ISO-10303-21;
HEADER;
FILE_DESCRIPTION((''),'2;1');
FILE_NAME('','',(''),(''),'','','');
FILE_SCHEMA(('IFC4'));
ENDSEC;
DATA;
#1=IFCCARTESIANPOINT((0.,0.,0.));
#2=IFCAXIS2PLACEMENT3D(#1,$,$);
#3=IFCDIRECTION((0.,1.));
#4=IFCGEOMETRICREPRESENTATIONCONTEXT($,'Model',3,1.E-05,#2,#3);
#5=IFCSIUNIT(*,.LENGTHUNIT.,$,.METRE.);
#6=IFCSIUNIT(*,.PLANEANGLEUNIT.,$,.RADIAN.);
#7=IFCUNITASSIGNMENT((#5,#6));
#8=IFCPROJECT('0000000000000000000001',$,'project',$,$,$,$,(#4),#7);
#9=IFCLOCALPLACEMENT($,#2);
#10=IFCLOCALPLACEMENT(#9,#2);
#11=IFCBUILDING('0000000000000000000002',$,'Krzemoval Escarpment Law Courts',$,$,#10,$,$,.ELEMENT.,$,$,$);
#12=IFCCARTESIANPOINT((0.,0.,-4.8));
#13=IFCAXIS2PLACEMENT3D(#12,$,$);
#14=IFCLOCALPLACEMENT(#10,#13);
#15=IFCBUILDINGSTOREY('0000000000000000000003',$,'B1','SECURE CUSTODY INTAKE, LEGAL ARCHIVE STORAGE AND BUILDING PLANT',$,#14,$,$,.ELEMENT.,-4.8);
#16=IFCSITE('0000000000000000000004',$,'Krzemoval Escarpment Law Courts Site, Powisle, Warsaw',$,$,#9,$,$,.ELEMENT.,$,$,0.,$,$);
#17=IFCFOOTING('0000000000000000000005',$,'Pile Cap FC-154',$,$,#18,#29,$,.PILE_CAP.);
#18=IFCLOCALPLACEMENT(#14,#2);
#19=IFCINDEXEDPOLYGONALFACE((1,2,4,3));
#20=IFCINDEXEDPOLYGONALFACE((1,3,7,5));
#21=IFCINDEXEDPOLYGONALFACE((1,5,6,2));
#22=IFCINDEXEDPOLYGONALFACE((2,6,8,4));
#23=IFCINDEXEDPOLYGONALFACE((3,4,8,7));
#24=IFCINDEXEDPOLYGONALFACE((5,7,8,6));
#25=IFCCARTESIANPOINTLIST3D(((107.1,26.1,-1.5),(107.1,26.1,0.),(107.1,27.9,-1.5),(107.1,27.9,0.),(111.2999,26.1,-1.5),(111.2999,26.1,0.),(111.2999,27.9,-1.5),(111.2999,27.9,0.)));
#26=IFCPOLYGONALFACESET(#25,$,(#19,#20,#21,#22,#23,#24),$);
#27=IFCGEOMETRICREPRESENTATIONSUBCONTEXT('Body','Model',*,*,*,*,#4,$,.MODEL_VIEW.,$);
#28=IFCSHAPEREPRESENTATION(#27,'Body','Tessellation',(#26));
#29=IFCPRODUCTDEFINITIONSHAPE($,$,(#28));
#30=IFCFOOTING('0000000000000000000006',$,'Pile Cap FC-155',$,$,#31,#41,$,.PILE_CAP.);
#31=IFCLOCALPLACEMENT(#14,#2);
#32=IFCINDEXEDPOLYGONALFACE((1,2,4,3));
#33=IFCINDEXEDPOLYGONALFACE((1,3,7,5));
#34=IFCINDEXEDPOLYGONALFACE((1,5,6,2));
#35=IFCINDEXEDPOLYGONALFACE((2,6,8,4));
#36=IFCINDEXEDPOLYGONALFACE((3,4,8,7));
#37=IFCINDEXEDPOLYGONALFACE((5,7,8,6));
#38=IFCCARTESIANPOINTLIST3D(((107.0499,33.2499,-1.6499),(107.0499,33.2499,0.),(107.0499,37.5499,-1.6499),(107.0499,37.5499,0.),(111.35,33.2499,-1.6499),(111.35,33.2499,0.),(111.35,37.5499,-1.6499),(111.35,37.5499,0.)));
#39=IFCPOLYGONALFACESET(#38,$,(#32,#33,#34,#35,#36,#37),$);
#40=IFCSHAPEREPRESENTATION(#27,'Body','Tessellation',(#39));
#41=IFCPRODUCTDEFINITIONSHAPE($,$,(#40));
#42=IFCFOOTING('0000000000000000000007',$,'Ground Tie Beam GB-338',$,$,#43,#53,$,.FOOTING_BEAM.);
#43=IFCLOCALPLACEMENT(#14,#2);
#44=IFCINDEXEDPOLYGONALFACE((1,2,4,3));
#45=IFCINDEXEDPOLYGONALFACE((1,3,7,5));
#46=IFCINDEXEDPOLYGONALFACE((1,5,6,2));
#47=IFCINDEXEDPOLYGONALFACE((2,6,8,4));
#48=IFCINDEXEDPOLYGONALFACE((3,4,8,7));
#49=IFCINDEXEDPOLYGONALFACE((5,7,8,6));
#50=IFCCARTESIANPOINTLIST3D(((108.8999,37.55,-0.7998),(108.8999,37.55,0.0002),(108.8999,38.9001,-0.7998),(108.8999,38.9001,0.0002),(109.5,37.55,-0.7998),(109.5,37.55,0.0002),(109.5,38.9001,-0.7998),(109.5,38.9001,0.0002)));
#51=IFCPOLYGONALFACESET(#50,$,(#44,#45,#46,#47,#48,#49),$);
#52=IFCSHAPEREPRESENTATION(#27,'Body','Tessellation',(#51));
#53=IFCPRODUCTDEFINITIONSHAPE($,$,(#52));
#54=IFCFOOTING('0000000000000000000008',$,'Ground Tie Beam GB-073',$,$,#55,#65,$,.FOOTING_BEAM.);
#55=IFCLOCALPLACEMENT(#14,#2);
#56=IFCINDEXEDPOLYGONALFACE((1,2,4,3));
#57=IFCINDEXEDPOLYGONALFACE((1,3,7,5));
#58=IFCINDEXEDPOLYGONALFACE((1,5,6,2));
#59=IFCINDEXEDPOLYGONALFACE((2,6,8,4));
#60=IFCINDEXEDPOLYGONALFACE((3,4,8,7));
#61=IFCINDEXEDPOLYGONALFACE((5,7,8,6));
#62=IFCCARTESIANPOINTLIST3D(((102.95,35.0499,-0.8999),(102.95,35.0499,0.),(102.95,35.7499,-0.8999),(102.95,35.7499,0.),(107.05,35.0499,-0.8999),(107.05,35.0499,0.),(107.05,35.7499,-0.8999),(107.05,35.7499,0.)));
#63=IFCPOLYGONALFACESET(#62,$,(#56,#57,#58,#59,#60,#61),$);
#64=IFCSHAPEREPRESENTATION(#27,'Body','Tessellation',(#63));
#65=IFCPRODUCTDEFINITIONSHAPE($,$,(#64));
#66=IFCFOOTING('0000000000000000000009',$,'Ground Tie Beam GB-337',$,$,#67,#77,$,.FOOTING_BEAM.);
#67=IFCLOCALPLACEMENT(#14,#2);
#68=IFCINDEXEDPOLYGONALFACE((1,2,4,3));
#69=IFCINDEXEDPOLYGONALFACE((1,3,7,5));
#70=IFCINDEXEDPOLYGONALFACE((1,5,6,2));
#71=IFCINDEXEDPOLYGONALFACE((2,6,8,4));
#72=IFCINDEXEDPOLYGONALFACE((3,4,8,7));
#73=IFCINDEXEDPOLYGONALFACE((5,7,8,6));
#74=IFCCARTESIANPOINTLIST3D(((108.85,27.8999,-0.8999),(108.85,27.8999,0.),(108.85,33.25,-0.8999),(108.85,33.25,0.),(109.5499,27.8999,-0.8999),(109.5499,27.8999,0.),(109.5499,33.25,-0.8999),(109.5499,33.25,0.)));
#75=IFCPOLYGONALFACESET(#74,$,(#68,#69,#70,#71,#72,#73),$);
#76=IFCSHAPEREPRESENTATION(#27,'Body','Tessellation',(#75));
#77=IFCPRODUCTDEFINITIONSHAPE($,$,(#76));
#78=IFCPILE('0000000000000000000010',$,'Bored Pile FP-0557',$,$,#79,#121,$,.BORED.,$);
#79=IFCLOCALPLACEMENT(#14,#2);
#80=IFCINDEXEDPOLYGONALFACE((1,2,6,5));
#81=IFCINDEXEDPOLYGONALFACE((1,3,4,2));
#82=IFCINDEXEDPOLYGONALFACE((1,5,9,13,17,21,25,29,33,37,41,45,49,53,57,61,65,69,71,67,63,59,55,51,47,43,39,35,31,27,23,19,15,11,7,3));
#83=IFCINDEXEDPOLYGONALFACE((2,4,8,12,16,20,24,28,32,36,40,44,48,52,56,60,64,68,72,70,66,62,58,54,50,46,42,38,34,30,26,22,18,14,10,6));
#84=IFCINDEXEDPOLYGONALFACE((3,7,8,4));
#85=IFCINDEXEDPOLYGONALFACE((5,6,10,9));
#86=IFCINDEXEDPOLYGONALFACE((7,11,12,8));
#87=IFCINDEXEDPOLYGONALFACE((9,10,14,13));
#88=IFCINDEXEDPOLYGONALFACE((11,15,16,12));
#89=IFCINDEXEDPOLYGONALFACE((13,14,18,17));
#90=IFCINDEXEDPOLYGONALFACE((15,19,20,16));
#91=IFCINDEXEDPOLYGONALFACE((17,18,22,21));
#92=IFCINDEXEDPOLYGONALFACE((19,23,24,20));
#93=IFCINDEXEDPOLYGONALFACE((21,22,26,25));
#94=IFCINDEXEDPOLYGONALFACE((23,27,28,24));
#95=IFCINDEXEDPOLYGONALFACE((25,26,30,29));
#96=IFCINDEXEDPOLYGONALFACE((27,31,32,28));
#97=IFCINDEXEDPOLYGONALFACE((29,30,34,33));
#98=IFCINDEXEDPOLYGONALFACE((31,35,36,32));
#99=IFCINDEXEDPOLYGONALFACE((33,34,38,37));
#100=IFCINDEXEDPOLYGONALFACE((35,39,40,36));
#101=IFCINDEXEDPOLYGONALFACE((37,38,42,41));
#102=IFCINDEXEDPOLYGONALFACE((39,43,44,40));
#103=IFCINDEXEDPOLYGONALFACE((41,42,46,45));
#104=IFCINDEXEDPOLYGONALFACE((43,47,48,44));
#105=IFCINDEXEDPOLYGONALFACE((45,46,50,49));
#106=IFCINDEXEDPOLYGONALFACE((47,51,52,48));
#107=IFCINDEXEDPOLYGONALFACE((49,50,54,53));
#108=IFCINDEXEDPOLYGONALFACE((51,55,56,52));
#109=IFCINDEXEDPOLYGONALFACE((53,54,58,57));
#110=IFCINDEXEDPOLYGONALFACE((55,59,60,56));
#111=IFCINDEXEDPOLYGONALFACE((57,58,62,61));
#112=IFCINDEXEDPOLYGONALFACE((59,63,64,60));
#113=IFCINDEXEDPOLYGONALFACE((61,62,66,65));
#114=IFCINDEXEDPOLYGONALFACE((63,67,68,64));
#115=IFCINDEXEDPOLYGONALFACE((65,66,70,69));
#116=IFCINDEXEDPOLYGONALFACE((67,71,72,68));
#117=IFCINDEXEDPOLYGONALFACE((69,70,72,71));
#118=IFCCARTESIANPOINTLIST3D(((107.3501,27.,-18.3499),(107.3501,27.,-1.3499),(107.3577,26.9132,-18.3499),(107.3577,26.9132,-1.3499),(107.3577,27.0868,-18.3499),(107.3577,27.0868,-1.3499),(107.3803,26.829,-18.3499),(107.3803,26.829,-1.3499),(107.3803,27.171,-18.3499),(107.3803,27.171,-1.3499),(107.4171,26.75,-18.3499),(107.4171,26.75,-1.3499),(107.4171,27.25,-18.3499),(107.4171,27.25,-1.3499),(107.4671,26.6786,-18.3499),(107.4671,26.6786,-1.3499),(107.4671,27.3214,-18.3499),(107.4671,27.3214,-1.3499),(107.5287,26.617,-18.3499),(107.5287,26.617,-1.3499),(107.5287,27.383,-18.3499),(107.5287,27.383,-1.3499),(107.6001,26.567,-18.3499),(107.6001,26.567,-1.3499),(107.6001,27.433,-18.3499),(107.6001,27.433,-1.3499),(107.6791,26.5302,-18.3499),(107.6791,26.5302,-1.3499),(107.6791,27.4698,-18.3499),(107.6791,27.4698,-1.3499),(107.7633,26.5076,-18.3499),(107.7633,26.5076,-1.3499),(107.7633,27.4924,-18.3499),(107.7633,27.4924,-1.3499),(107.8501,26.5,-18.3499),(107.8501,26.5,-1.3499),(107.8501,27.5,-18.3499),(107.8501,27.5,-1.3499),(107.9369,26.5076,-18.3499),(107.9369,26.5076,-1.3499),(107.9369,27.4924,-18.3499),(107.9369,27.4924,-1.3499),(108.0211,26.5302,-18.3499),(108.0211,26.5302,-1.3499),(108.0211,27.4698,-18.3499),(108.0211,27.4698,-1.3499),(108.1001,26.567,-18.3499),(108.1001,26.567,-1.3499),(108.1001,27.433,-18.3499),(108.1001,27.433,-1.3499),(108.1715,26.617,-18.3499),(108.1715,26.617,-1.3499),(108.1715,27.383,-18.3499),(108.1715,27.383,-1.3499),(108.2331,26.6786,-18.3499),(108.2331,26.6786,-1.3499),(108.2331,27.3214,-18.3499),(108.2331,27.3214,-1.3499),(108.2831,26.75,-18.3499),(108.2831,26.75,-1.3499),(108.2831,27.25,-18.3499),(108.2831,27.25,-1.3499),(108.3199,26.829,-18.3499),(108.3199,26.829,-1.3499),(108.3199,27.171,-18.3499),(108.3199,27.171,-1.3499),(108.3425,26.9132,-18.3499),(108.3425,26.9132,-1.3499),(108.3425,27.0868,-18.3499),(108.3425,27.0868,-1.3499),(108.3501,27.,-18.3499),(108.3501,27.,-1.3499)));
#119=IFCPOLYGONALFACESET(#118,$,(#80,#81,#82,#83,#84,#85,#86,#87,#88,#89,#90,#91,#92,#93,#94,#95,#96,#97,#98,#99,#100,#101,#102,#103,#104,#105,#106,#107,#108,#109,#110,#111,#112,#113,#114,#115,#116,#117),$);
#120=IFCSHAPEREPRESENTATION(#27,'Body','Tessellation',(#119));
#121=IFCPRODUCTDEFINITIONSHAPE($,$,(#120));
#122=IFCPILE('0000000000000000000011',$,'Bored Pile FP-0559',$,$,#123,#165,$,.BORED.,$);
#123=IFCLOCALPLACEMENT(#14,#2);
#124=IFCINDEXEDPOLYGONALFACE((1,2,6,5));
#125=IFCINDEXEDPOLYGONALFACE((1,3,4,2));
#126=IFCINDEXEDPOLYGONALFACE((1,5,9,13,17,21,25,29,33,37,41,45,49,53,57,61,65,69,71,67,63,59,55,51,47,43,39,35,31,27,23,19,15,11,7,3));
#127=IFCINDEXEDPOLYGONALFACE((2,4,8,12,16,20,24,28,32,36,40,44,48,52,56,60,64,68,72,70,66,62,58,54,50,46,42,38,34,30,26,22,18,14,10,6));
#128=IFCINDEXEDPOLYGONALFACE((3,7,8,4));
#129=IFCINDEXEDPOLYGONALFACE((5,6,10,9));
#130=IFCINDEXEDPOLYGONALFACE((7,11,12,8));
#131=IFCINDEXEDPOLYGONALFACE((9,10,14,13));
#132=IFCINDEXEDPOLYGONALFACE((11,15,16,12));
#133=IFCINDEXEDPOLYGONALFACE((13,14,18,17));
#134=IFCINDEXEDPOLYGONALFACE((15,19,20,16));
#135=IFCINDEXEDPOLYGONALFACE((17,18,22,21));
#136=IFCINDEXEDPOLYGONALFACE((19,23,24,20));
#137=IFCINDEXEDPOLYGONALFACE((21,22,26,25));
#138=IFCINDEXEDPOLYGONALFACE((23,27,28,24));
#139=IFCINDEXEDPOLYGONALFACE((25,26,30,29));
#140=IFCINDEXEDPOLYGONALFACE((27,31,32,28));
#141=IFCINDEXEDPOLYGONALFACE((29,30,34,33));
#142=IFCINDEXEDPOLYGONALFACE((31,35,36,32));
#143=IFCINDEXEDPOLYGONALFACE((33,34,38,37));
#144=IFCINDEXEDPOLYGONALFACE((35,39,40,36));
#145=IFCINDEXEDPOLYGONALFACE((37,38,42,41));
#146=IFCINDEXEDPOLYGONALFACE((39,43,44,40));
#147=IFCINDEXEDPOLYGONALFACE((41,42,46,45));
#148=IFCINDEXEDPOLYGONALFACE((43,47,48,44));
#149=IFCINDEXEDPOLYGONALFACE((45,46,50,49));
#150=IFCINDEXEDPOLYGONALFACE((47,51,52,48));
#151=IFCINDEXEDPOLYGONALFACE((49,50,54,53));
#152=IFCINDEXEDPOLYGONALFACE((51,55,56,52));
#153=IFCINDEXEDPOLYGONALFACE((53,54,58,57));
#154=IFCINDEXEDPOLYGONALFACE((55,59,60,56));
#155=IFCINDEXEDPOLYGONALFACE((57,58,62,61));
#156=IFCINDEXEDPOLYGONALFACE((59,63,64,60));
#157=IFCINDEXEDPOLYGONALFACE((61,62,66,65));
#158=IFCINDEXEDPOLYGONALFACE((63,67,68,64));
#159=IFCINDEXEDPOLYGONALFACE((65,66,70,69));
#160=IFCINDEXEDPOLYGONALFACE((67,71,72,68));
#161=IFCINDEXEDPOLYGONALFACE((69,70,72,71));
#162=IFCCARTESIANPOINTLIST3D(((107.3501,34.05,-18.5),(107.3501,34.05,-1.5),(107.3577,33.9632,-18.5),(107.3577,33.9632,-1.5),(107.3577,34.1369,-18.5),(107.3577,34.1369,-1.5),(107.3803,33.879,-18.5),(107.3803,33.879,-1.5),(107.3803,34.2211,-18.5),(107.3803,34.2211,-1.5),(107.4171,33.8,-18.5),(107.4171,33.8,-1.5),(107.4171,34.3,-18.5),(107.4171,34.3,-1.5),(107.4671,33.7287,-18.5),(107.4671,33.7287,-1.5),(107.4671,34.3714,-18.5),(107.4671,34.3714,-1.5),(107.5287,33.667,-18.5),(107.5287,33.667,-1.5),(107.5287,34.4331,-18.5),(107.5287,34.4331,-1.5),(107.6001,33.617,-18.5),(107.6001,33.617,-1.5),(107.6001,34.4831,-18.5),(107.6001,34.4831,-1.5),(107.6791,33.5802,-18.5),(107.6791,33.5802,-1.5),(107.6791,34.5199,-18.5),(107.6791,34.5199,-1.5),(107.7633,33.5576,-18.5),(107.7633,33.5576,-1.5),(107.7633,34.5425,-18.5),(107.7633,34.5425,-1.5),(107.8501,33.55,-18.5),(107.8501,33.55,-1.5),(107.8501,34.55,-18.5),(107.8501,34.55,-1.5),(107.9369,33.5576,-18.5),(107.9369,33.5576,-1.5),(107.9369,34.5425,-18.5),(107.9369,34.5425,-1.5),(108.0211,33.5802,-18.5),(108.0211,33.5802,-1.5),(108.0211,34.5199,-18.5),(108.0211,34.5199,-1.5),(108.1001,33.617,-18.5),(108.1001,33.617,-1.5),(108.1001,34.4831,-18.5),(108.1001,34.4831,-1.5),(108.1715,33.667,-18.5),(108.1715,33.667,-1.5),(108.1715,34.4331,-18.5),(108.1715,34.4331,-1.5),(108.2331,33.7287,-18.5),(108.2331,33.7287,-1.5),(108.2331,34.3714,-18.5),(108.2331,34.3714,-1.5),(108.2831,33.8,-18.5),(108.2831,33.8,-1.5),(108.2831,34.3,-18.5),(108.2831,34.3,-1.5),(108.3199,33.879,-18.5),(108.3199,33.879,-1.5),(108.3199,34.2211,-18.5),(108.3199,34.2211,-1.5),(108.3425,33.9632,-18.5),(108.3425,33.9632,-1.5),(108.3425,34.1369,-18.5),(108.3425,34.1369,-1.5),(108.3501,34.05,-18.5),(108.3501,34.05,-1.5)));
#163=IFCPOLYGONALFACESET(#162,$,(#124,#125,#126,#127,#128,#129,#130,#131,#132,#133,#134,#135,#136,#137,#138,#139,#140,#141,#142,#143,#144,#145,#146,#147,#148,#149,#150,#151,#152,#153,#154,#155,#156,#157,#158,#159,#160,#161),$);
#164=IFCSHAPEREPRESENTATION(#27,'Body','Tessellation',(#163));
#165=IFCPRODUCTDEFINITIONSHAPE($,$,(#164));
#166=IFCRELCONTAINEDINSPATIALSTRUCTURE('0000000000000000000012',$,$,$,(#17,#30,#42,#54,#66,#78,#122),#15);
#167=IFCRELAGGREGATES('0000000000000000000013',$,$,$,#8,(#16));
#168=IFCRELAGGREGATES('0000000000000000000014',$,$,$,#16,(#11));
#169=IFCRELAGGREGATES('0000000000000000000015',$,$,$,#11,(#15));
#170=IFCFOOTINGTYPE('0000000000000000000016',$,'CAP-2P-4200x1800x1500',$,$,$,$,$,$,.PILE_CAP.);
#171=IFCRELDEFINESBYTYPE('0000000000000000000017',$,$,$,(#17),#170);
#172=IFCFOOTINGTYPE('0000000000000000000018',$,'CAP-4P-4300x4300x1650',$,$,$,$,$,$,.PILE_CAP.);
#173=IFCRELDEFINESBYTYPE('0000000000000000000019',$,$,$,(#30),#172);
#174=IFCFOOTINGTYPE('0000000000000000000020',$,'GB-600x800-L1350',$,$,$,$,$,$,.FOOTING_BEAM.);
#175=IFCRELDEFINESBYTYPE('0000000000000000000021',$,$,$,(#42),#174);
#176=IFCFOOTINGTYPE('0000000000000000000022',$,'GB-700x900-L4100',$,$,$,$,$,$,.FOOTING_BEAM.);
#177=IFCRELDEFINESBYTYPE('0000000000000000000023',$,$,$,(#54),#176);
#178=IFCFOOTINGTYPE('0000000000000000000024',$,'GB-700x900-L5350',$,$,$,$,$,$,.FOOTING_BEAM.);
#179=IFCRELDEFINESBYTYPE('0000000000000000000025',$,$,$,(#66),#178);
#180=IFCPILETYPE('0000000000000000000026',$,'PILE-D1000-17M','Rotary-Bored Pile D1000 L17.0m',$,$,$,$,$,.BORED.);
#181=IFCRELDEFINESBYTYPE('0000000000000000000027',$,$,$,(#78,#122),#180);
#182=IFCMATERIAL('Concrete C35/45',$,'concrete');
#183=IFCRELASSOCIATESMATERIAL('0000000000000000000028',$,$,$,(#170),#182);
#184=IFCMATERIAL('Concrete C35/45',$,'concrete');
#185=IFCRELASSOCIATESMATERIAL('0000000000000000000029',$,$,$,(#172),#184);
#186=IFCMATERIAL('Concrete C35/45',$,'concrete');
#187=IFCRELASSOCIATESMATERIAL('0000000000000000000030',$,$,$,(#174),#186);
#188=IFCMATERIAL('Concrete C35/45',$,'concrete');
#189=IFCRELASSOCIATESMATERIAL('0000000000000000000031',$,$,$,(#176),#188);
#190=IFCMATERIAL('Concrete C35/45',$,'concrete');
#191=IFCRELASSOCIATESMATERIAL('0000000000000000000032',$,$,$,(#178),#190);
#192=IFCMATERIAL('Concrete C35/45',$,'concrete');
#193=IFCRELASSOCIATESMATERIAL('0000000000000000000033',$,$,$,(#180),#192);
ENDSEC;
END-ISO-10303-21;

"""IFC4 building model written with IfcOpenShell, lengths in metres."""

from ifc_helpers import new_model, si_unit, direction, frame, origin, origin_2d, place, context, subcontext, project, spatial, rectangle, circle, extrude, material, material_profile, profile_set, type_object, element, save


model = new_model("IFC4")

# Units and contexts
model_context = context("Model", 3, precision=1e-05, world=origin(), true_north=direction((0.0, 1.0)))
body_context = subcontext(model_context, "Body", "Model", "MODEL_VIEW")
ifc_project = project(units=[si_unit("LENGTHUNIT", "METRE"), si_unit("PLANEANGLEUNIT", "RADIAN")], contexts=[model_context])

# Site, building, storey
site_placement = place(None, origin())
site = spatial("IfcSite", under=ifc_project, at=site_placement, Name="Krzemoval Escarpment Law Courts Site, Powisle, Warsaw", CompositionType="ELEMENT", RefElevation=0.0)
building_placement = place(site_placement, origin())
building = spatial("IfcBuilding", under=site, at=building_placement, Name="Krzemoval Escarpment Law Courts", CompositionType="ELEMENT")
storey_placement = place(building_placement, frame((0.0, 0.0, -4.8)))
storey = spatial("IfcBuildingStorey", under=building, at=storey_placement, Name="B1", Description="SECURE CUSTODY INTAKE, LEGAL ARCHIVE STORAGE AND BUILDING PLANT", CompositionType="ELEMENT", Elevation=-4.8)

# Footings
ifc_material_1 = material(Name="Concrete C35/45", Category="concrete")
footing_type_1 = type_object("IfcFootingType", Name="CAP-2P-4200x1800x1500", PredefinedType="PILE_CAP", material=ifc_material_1)
footing_1_placement = place(storey_placement, frame((109.2, 27.0, -1.5), z_axis=(0.0, 0.0, 1.0), x_axis=(1.0, 0.0, 0.0)))
element("IfcFooting", 1, at=footing_1_placement, inside=storey, type_object=footing_type_1, Name="Pile Cap FC-154", PredefinedType="PILE_CAP", context=body_context, shape_type="SweptSolid", body=[
    extrude(rectangle(XDim=4.2, YDim=1.8, at=origin_2d()), origin(), (0.0, 0.0, 1.0), 1.5),
])
ifc_material_2 = material(Name="Concrete C35/45", Category="concrete")
footing_type_2 = type_object("IfcFootingType", Name="CAP-4P-4300x4300x1650", PredefinedType="PILE_CAP", material=ifc_material_2)
footing_2_placement = place(storey_placement, frame((109.2, 35.3999, -1.6499), z_axis=(0.0, 0.0, 1.0), x_axis=(1.0, 0.0, 0.0)))
element("IfcFooting", 2, at=footing_2_placement, inside=storey, type_object=footing_type_2, Name="Pile Cap FC-155", PredefinedType="PILE_CAP", context=body_context, shape_type="SweptSolid", body=[
    extrude(rectangle(XDim=4.3, YDim=4.3, at=origin_2d()), origin(), (0.0, 0.0, 1.0), 1.6499),
])
ifc_material_3 = material(Name="Concrete C35/45", Category="concrete")
footing_type_3 = type_object("IfcFootingType", Name="GB-600x800-L1350", PredefinedType="FOOTING_BEAM", material=ifc_material_3)
footing_3_placement = place(storey_placement, frame((109.2, 38.2251, -0.7998), z_axis=(0.0, 0.0, 1.0), x_axis=(0.0, 1.0, 0.0)))
element("IfcFooting", 3, at=footing_3_placement, inside=storey, type_object=footing_type_3, Name="Ground Tie Beam GB-338", PredefinedType="FOOTING_BEAM", context=body_context, shape_type="SweptSolid", body=[
    extrude(rectangle(XDim=1.3501, YDim=0.6001, at=origin_2d()), origin(), (0.0, 0.0, 1.0), 0.8),
])
ifc_material_4 = material(Name="Concrete C35/45", Category="concrete")
footing_type_4 = type_object("IfcFootingType", Name="GB-700x900-L4100", PredefinedType="FOOTING_BEAM", material=ifc_material_4)
footing_4_placement = place(storey_placement, frame((105.0, 35.3999, -0.8999), z_axis=(0.0, 0.0, 1.0), x_axis=(1.0, 0.0, 0.0)))
element("IfcFooting", 4, at=footing_4_placement, inside=storey, type_object=footing_type_4, Name="Ground Tie Beam GB-073", PredefinedType="FOOTING_BEAM", context=body_context, shape_type="SweptSolid", body=[
    extrude(rectangle(XDim=4.1001, YDim=0.7, at=origin_2d()), origin(), (0.0, 0.0, 1.0), 0.8999),
])
ifc_material_5 = material(Name="Concrete C35/45", Category="concrete")
footing_type_5 = type_object("IfcFootingType", Name="GB-700x900-L5350", PredefinedType="FOOTING_BEAM", material=ifc_material_5)
footing_5_placement = place(storey_placement, frame((109.2, 30.575, -0.8999), z_axis=(0.0, 0.0, 1.0), x_axis=(0.0, 1.0, 0.0)))
element("IfcFooting", 5, at=footing_5_placement, inside=storey, type_object=footing_type_5, Name="Ground Tie Beam GB-337", PredefinedType="FOOTING_BEAM", context=body_context, shape_type="SweptSolid", body=[
    extrude(rectangle(XDim=5.3501, YDim=0.7, at=origin_2d()), origin(), (0.0, 0.0, 1.0), 0.8999),
])

# Piles
ifc_material_6 = material(Name="Concrete C35/45", Category="concrete")
ifc_material_profile_1 = material_profile(ifc_material_6, circle(Radius=0.5, at=origin_2d()), Name="PILE D1000")
ifc_profile_set_1 = profile_set([ifc_material_profile_1], Name="Concrete C35/45")
pile_type_1 = type_object("IfcPileType", Name="PILE-D1000-17M", Description="Rotary-Bored Pile D1000 L17.0m", PredefinedType="BORED", material=ifc_profile_set_1)
for number, where, z_axis, x_axis, name in (
    (6, (107.8501, 27.0, -1.3499), (0.0, 0.0, -1.0), (1.0, 0.0, 0.0), "Bored Pile FP-0557"),
    (7, (107.8501, 34.05, -1.5), (0.0, 0.0, -1.0), (1.0, 0.0, 0.0), "Bored Pile FP-0559"),
):
    element("IfcPile", number, at=place(storey_placement, frame(where, z_axis=z_axis, x_axis=x_axis)), inside=storey, type_object=pile_type_1, Name=name, PredefinedType="BORED", context=body_context, shape_type="SweptSolid", body=[
        extrude(circle(Radius=0.5, at=origin_2d()), origin(), (0.0, 0.0, 1.0), 17.0),
    ])

save(model, "model.ifc")
